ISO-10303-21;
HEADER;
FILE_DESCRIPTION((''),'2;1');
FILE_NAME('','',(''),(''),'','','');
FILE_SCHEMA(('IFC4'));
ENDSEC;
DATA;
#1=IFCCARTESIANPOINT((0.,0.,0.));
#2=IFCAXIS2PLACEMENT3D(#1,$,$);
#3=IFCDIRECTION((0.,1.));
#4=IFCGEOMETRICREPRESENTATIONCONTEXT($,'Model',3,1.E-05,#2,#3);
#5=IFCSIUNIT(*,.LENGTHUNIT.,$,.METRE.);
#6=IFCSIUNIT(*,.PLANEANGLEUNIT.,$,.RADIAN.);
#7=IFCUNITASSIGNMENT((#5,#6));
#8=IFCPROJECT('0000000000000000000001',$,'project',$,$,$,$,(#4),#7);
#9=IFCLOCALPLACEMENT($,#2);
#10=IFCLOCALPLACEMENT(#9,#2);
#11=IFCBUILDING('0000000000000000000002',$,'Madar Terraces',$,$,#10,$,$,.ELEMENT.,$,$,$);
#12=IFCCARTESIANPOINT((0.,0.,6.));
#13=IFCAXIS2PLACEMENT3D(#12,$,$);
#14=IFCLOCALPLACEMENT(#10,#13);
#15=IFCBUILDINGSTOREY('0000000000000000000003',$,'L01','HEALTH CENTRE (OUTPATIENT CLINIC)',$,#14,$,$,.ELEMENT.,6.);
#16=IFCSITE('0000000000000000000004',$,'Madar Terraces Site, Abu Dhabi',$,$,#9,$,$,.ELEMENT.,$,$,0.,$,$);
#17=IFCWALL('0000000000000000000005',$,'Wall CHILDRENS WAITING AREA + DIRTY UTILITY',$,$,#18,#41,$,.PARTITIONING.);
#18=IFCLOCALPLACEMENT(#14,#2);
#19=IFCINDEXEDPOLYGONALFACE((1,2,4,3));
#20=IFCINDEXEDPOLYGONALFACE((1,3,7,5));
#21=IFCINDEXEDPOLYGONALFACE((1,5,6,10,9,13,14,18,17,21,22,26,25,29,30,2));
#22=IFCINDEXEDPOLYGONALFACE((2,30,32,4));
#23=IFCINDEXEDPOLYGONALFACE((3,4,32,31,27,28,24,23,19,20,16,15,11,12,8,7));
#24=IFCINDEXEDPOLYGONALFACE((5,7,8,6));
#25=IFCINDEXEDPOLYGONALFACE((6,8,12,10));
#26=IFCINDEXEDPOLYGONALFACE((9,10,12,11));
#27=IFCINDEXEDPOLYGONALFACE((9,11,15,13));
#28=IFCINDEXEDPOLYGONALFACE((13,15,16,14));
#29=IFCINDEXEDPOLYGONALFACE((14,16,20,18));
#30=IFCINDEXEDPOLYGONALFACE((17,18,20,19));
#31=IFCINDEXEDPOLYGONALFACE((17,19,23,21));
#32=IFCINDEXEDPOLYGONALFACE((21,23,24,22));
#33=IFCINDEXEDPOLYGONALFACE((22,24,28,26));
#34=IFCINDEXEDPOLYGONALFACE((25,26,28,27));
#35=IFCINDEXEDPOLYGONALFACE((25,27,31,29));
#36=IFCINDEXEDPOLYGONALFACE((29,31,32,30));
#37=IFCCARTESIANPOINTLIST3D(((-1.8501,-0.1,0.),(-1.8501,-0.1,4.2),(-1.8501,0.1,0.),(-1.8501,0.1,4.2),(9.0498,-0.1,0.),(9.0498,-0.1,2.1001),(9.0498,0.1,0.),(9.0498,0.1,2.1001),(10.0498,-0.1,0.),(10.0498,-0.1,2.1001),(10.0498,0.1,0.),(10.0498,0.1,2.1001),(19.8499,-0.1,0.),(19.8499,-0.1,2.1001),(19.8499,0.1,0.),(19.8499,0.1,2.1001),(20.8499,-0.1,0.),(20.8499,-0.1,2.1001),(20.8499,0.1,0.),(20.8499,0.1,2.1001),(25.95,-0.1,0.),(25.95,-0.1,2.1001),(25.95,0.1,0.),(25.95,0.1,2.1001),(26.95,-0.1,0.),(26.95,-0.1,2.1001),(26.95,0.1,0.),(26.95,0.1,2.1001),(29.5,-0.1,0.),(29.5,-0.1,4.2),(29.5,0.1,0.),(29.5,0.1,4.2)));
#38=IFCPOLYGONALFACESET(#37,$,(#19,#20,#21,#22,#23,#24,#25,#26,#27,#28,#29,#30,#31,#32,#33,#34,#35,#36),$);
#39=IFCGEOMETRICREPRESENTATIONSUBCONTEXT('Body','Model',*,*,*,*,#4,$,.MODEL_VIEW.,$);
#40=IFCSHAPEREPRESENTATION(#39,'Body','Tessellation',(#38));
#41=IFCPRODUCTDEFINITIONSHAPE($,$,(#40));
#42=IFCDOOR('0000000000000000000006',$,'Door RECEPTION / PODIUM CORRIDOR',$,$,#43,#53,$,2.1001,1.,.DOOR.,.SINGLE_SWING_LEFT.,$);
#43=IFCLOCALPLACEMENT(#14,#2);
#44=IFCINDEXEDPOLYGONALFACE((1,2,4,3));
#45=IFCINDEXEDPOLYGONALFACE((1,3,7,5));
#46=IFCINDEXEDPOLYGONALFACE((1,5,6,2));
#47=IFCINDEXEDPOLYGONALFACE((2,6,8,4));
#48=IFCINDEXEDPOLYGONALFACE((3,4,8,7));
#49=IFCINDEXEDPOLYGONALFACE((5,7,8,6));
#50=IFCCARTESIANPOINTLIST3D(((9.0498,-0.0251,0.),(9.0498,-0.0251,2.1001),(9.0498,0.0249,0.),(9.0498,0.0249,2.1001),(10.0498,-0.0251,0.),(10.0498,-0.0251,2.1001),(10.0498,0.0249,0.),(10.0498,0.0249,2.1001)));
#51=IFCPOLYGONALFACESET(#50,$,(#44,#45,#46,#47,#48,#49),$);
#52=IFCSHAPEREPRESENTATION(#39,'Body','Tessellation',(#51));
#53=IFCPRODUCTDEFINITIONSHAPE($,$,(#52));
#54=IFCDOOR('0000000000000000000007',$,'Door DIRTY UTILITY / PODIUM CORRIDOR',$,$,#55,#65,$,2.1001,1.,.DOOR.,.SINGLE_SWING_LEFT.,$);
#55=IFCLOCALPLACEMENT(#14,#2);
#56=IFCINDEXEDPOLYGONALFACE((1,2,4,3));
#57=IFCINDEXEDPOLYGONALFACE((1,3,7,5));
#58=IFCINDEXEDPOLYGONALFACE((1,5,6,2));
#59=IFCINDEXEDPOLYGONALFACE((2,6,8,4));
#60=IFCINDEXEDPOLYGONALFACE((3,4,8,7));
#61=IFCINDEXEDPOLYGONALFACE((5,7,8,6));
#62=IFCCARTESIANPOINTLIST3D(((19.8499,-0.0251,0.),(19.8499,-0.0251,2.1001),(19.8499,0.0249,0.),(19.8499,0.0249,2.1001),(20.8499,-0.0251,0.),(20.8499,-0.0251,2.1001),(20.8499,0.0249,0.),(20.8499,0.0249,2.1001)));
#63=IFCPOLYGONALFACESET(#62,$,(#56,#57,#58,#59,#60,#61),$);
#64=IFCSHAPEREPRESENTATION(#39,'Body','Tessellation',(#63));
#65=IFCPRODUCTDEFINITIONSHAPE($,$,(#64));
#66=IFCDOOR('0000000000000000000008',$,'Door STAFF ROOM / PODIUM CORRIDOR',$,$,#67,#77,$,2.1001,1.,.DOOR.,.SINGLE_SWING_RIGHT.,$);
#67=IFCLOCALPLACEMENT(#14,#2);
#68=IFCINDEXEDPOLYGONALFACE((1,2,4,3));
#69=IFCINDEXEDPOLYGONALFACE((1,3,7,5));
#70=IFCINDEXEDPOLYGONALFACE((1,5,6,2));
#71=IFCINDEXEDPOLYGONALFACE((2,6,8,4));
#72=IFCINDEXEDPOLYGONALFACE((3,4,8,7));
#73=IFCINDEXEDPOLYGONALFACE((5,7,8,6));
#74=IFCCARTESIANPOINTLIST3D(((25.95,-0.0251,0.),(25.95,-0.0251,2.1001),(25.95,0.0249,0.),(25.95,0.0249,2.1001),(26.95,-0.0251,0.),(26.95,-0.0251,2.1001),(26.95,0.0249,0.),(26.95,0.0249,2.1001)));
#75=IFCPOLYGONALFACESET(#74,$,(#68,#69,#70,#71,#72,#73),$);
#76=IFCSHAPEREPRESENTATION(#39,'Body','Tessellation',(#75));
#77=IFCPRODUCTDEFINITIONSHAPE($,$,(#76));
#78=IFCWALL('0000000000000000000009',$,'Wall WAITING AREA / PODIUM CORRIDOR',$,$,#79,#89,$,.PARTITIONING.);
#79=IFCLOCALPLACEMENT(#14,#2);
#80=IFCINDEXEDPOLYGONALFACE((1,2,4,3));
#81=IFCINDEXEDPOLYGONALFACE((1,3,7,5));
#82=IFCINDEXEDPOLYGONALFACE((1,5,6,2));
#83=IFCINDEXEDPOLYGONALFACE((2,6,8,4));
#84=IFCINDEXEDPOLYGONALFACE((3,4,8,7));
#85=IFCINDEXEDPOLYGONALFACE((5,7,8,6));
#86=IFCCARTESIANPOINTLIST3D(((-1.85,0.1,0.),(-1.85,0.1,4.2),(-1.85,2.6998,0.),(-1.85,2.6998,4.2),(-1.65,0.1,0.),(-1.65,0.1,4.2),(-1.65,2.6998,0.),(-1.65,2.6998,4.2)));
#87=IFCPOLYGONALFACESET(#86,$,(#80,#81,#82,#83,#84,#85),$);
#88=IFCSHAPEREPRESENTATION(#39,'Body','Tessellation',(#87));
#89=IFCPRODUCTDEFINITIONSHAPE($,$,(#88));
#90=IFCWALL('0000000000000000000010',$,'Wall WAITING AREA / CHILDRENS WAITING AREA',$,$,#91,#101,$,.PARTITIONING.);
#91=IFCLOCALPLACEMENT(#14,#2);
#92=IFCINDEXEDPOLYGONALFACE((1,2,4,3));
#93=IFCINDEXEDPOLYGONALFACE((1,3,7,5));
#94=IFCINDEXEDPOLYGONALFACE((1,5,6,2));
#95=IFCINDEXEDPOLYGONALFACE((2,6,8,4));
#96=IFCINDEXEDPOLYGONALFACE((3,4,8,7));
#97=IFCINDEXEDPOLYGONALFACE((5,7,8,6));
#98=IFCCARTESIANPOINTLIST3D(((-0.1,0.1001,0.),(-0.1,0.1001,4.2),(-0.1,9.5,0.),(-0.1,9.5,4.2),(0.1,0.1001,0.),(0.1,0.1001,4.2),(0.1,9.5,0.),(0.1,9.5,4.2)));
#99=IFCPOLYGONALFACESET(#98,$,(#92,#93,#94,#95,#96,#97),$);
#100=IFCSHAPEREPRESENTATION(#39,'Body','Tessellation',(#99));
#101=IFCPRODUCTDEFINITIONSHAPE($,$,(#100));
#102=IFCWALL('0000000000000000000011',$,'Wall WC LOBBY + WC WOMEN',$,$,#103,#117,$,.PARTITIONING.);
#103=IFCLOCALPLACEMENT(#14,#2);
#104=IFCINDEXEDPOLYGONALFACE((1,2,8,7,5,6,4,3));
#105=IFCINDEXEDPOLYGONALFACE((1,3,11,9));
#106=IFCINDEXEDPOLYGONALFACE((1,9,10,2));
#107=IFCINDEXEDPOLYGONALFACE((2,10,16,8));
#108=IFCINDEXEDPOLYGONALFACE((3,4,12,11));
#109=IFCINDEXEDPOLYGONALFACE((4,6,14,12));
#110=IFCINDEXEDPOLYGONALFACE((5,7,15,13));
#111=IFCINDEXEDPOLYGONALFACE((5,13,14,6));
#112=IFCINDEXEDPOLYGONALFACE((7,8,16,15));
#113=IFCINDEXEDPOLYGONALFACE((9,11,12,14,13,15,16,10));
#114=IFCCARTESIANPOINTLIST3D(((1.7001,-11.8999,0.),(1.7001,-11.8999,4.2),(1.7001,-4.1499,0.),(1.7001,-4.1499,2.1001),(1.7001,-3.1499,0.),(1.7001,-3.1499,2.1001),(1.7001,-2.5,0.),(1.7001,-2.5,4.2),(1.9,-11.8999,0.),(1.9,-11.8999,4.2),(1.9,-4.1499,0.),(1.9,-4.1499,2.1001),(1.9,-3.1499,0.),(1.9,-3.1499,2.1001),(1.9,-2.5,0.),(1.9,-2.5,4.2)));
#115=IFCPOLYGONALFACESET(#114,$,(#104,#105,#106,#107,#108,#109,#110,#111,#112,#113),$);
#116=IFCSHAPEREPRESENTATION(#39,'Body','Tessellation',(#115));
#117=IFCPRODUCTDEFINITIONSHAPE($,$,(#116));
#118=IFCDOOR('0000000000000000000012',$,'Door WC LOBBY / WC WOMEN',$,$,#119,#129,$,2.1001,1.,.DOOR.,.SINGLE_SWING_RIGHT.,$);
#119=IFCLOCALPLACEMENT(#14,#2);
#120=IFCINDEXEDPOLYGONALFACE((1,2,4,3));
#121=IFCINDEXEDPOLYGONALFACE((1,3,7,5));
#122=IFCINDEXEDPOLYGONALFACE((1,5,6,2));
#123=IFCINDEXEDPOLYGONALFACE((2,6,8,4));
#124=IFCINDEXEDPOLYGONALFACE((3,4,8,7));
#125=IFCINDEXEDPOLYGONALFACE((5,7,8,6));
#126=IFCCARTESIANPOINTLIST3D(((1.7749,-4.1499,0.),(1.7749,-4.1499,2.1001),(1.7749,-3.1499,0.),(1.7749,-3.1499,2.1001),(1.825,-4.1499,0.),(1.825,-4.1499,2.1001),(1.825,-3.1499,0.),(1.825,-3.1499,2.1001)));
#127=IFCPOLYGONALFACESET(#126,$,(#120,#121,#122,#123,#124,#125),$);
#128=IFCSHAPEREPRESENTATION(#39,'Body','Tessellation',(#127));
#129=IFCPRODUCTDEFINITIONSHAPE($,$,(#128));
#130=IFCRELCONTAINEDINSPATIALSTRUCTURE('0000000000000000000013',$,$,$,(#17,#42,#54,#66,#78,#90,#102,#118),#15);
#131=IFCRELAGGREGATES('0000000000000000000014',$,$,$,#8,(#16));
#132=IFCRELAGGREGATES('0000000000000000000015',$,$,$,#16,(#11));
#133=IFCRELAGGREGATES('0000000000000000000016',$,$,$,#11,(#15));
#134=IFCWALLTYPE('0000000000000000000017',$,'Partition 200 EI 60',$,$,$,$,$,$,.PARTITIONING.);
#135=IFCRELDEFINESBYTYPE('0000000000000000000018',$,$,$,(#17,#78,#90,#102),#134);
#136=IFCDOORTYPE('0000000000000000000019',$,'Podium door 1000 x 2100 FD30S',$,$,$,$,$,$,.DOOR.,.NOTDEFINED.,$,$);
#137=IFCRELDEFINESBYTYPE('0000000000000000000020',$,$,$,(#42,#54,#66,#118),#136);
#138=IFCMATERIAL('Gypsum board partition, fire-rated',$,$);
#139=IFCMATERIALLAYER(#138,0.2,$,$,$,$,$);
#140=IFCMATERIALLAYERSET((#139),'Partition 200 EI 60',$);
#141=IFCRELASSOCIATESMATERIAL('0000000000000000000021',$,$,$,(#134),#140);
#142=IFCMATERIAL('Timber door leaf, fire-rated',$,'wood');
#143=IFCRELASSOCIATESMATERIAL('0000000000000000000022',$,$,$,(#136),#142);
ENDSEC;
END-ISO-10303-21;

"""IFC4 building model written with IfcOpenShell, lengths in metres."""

from ifc_helpers import new_model, si_unit, direction, frame, frame_2d, origin, place, context, subcontext, project, spatial, rectangle, extrude, material, layer, layer_set, type_object, element, fill, save


model = new_model("IFC4")

# Units and contexts
model_context = context("Model", 3, precision=1e-05, world=origin(), true_north=direction((0.0, 1.0)))
body_context = subcontext(model_context, "Body", "Model", "MODEL_VIEW")
ifc_project = project(units=[si_unit("LENGTHUNIT", "METRE"), si_unit("PLANEANGLEUNIT", "RADIAN")], contexts=[model_context])

# Site, building, storey
site_placement = place(None, origin())
site = spatial("IfcSite", under=ifc_project, at=site_placement, Name="Madar Terraces Site, Abu Dhabi", CompositionType="ELEMENT", RefElevation=0.0)
building_placement = place(site_placement, origin())
building = spatial("IfcBuilding", under=site, at=building_placement, Name="Madar Terraces", CompositionType="ELEMENT")
storey_placement = place(building_placement, frame((0.0, 0.0, 6.0)))
storey = spatial("IfcBuildingStorey", under=building, at=storey_placement, Name="L01", Description="HEALTH CENTRE (OUTPATIENT CLINIC)", CompositionType="ELEMENT", Elevation=6.0)

# Shared definitions
ifc_material_1 = material(Name="Gypsum board partition, fire-rated")
ifc_layer_1 = layer(ifc_material_1, 0.2)
ifc_layer_set_1 = layer_set([ifc_layer_1], Name="Partition 200 EI 60")
wall_type = type_object("IfcWallType", Name="Partition 200 EI 60", PredefinedType="PARTITIONING", material=ifc_layer_set_1)

# Wall, openings, doors
wall_1_placement = place(storey_placement, frame((-1.8501, 0.0, 0.0), z_axis=(0.0, 0.0, 1.0), x_axis=(1.0, 0.0, 0.0)))
wall_1 = element("IfcWall", 1, at=wall_1_placement, inside=storey, type_object=wall_type, Name="Wall CHILDRENS WAITING AREA + DIRTY UTILITY", PredefinedType="PARTITIONING", context=body_context, shape_type="SweptSolid", body=[
    extrude(rectangle(XDim=31.3501, YDim=0.2, at=frame_2d((15.675, 0.0))), origin(), (0.0, 0.0, 1.0), 4.2),
])
opening_1_placement = place(wall_1_placement, frame((10.8999, 0.0, 0.0)))
opening_1 = element("IfcOpeningElement", 2, at=opening_1_placement, cuts=wall_1, PredefinedType="OPENING", context=body_context, shape_type="SweptSolid", body=[
    extrude(rectangle(XDim=1.0, YDim=2.1001, at=frame_2d((0.5, 1.05))), frame((0.0, 0.1099, 0.0), z_axis=(0.0, -1.0, 0.0), x_axis=(1.0, 0.0, 0.0)), (0.0, 0.0, 1.0), 0.22),
])
opening_2_placement = place(wall_1_placement, frame((21.7, 0.0, 0.0)))
opening_2 = element("IfcOpeningElement", 3, at=opening_2_placement, cuts=wall_1, PredefinedType="OPENING", context=body_context, shape_type="SweptSolid", body=[
    extrude(rectangle(XDim=1.0, YDim=2.1001, at=frame_2d((0.5, 1.05))), frame((0.0, 0.1099, 0.0), z_axis=(0.0, -1.0, 0.0), x_axis=(1.0, 0.0, 0.0)), (0.0, 0.0, 1.0), 0.22),
])
opening_3_placement = place(wall_1_placement, frame((27.8, 0.0, 0.0)))
opening_3 = element("IfcOpeningElement", 4, at=opening_3_placement, cuts=wall_1, PredefinedType="OPENING", context=body_context, shape_type="SweptSolid", body=[
    extrude(rectangle(XDim=1.0, YDim=2.1001, at=frame_2d((0.5, 1.05))), frame((0.0, 0.1099, 0.0), z_axis=(0.0, -1.0, 0.0), x_axis=(1.0, 0.0, 0.0)), (0.0, 0.0, 1.0), 0.22),
])
ifc_material_2 = material(Name="Timber door leaf, fire-rated", Category="wood")
door_type_1 = type_object("IfcDoorType", Name="Podium door 1000 x 2100 FD30S", OperationType="NOTDEFINED", PredefinedType="DOOR", material=ifc_material_2)
door_1_placement = place(opening_1_placement, origin())
door_1 = element("IfcDoor", 5, at=door_1_placement, inside=storey, type_object=door_type_1, Name="Door RECEPTION / PODIUM CORRIDOR", OperationType="SINGLE_SWING_LEFT", OverallHeight=2.1001, OverallWidth=1.0, PredefinedType="DOOR", context=body_context, shape_type="SweptSolid", body=[
    extrude(rectangle(XDim=1.0, YDim=2.1001, at=frame_2d((0.5, 1.05))), frame((0.0, 0.0249, 0.0), z_axis=(0.0, -1.0, 0.0), x_axis=(1.0, 0.0, 0.0)), (0.0, 0.0, 1.0), 0.05),
])
fill(opening_1, door_1)
door_2_placement = place(opening_2_placement, origin())
door_2 = element("IfcDoor", 6, at=door_2_placement, inside=storey, type_object=door_type_1, Name="Door DIRTY UTILITY / PODIUM CORRIDOR", OperationType="SINGLE_SWING_LEFT", OverallHeight=2.1001, OverallWidth=1.0, PredefinedType="DOOR", context=body_context, shape_type="SweptSolid", body=[
    extrude(rectangle(XDim=1.0, YDim=2.1001, at=frame_2d((0.5, 1.05))), frame((0.0, 0.0249, 0.0), z_axis=(0.0, -1.0, 0.0), x_axis=(1.0, 0.0, 0.0)), (0.0, 0.0, 1.0), 0.05),
])
fill(opening_2, door_2)
door_3_placement = place(opening_3_placement, origin())
door_3 = element("IfcDoor", 7, at=door_3_placement, inside=storey, type_object=door_type_1, Name="Door STAFF ROOM / PODIUM CORRIDOR", OperationType="SINGLE_SWING_RIGHT", OverallHeight=2.1001, OverallWidth=1.0, PredefinedType="DOOR", context=body_context, shape_type="SweptSolid", body=[
    extrude(rectangle(XDim=1.0, YDim=2.1001, at=frame_2d((0.5, 1.05))), frame((0.0, 0.0249, 0.0), z_axis=(0.0, -1.0, 0.0), x_axis=(1.0, 0.0, 0.0)), (0.0, 0.0, 1.0), 0.05),
])
fill(opening_3, door_3)

# Walls
wall_2_placement = place(storey_placement, frame((-1.75, 0.1001, 0.0), z_axis=(0.0, 0.0, 1.0), x_axis=(0.0, 1.0, 0.0)))
element("IfcWall", 8, at=wall_2_placement, inside=storey, type_object=wall_type, Name="Wall WAITING AREA / PODIUM CORRIDOR", PredefinedType="PARTITIONING", context=body_context, shape_type="SweptSolid", body=[
    extrude(rectangle(XDim=2.5999, YDim=0.2, at=frame_2d((1.2998, 0.0))), origin(), (0.0, 0.0, 1.0), 4.2),
])
wall_3_placement = place(storey_placement, frame((0.0, 0.1001, 0.0), z_axis=(0.0, 0.0, 1.0), x_axis=(0.0, 1.0, 0.0)))
element("IfcWall", 9, at=wall_3_placement, inside=storey, type_object=wall_type, Name="Wall WAITING AREA / CHILDRENS WAITING AREA", PredefinedType="PARTITIONING", context=body_context, shape_type="SweptSolid", body=[
    extrude(rectangle(XDim=9.3999, YDim=0.2, at=frame_2d((4.7, 0.0))), origin(), (0.0, 0.0, 1.0), 4.2),
])

# Wall, opening, door
wall_4_placement = place(storey_placement, frame((1.8, -2.5, 0.0), z_axis=(0.0, 0.0, 1.0), x_axis=(0.0, -1.0, 0.0)))
wall_4 = element("IfcWall", 10, at=wall_4_placement, inside=storey, type_object=wall_type, Name="Wall WC LOBBY + WC WOMEN", PredefinedType="PARTITIONING", context=body_context, shape_type="SweptSolid", body=[
    extrude(rectangle(XDim=9.3999, YDim=0.2, at=frame_2d((4.7, 0.0))), origin(), (0.0, 0.0, 1.0), 4.2),
])
opening_4_placement = place(wall_4_placement, frame((0.6499, 0.0, 0.0)))
opening_4 = element("IfcOpeningElement", 11, at=opening_4_placement, cuts=wall_4, PredefinedType="OPENING", context=body_context, shape_type="SweptSolid", body=[
    extrude(rectangle(XDim=1.0, YDim=2.1001, at=frame_2d((0.5, 1.05))), frame((0.0, 0.1099, 0.0), z_axis=(0.0, -1.0, 0.0), x_axis=(1.0, 0.0, 0.0)), (0.0, 0.0, 1.0), 0.22),
])
door_4_placement = place(opening_4_placement, origin())
door_4 = element("IfcDoor", 12, at=door_4_placement, inside=storey, type_object=door_type_1, Name="Door WC LOBBY / WC WOMEN", OperationType="SINGLE_SWING_RIGHT", OverallHeight=2.1001, OverallWidth=1.0, PredefinedType="DOOR", context=body_context, shape_type="SweptSolid", body=[
    extrude(rectangle(XDim=1.0, YDim=2.1001, at=frame_2d((0.5, 1.05))), frame((0.0, 0.0249, 0.0), z_axis=(0.0, -1.0, 0.0), x_axis=(1.0, 0.0, 0.0)), (0.0, 0.0, 1.0), 0.05),
])
fill(opening_4, door_4)

save(model, "model.ifc")
